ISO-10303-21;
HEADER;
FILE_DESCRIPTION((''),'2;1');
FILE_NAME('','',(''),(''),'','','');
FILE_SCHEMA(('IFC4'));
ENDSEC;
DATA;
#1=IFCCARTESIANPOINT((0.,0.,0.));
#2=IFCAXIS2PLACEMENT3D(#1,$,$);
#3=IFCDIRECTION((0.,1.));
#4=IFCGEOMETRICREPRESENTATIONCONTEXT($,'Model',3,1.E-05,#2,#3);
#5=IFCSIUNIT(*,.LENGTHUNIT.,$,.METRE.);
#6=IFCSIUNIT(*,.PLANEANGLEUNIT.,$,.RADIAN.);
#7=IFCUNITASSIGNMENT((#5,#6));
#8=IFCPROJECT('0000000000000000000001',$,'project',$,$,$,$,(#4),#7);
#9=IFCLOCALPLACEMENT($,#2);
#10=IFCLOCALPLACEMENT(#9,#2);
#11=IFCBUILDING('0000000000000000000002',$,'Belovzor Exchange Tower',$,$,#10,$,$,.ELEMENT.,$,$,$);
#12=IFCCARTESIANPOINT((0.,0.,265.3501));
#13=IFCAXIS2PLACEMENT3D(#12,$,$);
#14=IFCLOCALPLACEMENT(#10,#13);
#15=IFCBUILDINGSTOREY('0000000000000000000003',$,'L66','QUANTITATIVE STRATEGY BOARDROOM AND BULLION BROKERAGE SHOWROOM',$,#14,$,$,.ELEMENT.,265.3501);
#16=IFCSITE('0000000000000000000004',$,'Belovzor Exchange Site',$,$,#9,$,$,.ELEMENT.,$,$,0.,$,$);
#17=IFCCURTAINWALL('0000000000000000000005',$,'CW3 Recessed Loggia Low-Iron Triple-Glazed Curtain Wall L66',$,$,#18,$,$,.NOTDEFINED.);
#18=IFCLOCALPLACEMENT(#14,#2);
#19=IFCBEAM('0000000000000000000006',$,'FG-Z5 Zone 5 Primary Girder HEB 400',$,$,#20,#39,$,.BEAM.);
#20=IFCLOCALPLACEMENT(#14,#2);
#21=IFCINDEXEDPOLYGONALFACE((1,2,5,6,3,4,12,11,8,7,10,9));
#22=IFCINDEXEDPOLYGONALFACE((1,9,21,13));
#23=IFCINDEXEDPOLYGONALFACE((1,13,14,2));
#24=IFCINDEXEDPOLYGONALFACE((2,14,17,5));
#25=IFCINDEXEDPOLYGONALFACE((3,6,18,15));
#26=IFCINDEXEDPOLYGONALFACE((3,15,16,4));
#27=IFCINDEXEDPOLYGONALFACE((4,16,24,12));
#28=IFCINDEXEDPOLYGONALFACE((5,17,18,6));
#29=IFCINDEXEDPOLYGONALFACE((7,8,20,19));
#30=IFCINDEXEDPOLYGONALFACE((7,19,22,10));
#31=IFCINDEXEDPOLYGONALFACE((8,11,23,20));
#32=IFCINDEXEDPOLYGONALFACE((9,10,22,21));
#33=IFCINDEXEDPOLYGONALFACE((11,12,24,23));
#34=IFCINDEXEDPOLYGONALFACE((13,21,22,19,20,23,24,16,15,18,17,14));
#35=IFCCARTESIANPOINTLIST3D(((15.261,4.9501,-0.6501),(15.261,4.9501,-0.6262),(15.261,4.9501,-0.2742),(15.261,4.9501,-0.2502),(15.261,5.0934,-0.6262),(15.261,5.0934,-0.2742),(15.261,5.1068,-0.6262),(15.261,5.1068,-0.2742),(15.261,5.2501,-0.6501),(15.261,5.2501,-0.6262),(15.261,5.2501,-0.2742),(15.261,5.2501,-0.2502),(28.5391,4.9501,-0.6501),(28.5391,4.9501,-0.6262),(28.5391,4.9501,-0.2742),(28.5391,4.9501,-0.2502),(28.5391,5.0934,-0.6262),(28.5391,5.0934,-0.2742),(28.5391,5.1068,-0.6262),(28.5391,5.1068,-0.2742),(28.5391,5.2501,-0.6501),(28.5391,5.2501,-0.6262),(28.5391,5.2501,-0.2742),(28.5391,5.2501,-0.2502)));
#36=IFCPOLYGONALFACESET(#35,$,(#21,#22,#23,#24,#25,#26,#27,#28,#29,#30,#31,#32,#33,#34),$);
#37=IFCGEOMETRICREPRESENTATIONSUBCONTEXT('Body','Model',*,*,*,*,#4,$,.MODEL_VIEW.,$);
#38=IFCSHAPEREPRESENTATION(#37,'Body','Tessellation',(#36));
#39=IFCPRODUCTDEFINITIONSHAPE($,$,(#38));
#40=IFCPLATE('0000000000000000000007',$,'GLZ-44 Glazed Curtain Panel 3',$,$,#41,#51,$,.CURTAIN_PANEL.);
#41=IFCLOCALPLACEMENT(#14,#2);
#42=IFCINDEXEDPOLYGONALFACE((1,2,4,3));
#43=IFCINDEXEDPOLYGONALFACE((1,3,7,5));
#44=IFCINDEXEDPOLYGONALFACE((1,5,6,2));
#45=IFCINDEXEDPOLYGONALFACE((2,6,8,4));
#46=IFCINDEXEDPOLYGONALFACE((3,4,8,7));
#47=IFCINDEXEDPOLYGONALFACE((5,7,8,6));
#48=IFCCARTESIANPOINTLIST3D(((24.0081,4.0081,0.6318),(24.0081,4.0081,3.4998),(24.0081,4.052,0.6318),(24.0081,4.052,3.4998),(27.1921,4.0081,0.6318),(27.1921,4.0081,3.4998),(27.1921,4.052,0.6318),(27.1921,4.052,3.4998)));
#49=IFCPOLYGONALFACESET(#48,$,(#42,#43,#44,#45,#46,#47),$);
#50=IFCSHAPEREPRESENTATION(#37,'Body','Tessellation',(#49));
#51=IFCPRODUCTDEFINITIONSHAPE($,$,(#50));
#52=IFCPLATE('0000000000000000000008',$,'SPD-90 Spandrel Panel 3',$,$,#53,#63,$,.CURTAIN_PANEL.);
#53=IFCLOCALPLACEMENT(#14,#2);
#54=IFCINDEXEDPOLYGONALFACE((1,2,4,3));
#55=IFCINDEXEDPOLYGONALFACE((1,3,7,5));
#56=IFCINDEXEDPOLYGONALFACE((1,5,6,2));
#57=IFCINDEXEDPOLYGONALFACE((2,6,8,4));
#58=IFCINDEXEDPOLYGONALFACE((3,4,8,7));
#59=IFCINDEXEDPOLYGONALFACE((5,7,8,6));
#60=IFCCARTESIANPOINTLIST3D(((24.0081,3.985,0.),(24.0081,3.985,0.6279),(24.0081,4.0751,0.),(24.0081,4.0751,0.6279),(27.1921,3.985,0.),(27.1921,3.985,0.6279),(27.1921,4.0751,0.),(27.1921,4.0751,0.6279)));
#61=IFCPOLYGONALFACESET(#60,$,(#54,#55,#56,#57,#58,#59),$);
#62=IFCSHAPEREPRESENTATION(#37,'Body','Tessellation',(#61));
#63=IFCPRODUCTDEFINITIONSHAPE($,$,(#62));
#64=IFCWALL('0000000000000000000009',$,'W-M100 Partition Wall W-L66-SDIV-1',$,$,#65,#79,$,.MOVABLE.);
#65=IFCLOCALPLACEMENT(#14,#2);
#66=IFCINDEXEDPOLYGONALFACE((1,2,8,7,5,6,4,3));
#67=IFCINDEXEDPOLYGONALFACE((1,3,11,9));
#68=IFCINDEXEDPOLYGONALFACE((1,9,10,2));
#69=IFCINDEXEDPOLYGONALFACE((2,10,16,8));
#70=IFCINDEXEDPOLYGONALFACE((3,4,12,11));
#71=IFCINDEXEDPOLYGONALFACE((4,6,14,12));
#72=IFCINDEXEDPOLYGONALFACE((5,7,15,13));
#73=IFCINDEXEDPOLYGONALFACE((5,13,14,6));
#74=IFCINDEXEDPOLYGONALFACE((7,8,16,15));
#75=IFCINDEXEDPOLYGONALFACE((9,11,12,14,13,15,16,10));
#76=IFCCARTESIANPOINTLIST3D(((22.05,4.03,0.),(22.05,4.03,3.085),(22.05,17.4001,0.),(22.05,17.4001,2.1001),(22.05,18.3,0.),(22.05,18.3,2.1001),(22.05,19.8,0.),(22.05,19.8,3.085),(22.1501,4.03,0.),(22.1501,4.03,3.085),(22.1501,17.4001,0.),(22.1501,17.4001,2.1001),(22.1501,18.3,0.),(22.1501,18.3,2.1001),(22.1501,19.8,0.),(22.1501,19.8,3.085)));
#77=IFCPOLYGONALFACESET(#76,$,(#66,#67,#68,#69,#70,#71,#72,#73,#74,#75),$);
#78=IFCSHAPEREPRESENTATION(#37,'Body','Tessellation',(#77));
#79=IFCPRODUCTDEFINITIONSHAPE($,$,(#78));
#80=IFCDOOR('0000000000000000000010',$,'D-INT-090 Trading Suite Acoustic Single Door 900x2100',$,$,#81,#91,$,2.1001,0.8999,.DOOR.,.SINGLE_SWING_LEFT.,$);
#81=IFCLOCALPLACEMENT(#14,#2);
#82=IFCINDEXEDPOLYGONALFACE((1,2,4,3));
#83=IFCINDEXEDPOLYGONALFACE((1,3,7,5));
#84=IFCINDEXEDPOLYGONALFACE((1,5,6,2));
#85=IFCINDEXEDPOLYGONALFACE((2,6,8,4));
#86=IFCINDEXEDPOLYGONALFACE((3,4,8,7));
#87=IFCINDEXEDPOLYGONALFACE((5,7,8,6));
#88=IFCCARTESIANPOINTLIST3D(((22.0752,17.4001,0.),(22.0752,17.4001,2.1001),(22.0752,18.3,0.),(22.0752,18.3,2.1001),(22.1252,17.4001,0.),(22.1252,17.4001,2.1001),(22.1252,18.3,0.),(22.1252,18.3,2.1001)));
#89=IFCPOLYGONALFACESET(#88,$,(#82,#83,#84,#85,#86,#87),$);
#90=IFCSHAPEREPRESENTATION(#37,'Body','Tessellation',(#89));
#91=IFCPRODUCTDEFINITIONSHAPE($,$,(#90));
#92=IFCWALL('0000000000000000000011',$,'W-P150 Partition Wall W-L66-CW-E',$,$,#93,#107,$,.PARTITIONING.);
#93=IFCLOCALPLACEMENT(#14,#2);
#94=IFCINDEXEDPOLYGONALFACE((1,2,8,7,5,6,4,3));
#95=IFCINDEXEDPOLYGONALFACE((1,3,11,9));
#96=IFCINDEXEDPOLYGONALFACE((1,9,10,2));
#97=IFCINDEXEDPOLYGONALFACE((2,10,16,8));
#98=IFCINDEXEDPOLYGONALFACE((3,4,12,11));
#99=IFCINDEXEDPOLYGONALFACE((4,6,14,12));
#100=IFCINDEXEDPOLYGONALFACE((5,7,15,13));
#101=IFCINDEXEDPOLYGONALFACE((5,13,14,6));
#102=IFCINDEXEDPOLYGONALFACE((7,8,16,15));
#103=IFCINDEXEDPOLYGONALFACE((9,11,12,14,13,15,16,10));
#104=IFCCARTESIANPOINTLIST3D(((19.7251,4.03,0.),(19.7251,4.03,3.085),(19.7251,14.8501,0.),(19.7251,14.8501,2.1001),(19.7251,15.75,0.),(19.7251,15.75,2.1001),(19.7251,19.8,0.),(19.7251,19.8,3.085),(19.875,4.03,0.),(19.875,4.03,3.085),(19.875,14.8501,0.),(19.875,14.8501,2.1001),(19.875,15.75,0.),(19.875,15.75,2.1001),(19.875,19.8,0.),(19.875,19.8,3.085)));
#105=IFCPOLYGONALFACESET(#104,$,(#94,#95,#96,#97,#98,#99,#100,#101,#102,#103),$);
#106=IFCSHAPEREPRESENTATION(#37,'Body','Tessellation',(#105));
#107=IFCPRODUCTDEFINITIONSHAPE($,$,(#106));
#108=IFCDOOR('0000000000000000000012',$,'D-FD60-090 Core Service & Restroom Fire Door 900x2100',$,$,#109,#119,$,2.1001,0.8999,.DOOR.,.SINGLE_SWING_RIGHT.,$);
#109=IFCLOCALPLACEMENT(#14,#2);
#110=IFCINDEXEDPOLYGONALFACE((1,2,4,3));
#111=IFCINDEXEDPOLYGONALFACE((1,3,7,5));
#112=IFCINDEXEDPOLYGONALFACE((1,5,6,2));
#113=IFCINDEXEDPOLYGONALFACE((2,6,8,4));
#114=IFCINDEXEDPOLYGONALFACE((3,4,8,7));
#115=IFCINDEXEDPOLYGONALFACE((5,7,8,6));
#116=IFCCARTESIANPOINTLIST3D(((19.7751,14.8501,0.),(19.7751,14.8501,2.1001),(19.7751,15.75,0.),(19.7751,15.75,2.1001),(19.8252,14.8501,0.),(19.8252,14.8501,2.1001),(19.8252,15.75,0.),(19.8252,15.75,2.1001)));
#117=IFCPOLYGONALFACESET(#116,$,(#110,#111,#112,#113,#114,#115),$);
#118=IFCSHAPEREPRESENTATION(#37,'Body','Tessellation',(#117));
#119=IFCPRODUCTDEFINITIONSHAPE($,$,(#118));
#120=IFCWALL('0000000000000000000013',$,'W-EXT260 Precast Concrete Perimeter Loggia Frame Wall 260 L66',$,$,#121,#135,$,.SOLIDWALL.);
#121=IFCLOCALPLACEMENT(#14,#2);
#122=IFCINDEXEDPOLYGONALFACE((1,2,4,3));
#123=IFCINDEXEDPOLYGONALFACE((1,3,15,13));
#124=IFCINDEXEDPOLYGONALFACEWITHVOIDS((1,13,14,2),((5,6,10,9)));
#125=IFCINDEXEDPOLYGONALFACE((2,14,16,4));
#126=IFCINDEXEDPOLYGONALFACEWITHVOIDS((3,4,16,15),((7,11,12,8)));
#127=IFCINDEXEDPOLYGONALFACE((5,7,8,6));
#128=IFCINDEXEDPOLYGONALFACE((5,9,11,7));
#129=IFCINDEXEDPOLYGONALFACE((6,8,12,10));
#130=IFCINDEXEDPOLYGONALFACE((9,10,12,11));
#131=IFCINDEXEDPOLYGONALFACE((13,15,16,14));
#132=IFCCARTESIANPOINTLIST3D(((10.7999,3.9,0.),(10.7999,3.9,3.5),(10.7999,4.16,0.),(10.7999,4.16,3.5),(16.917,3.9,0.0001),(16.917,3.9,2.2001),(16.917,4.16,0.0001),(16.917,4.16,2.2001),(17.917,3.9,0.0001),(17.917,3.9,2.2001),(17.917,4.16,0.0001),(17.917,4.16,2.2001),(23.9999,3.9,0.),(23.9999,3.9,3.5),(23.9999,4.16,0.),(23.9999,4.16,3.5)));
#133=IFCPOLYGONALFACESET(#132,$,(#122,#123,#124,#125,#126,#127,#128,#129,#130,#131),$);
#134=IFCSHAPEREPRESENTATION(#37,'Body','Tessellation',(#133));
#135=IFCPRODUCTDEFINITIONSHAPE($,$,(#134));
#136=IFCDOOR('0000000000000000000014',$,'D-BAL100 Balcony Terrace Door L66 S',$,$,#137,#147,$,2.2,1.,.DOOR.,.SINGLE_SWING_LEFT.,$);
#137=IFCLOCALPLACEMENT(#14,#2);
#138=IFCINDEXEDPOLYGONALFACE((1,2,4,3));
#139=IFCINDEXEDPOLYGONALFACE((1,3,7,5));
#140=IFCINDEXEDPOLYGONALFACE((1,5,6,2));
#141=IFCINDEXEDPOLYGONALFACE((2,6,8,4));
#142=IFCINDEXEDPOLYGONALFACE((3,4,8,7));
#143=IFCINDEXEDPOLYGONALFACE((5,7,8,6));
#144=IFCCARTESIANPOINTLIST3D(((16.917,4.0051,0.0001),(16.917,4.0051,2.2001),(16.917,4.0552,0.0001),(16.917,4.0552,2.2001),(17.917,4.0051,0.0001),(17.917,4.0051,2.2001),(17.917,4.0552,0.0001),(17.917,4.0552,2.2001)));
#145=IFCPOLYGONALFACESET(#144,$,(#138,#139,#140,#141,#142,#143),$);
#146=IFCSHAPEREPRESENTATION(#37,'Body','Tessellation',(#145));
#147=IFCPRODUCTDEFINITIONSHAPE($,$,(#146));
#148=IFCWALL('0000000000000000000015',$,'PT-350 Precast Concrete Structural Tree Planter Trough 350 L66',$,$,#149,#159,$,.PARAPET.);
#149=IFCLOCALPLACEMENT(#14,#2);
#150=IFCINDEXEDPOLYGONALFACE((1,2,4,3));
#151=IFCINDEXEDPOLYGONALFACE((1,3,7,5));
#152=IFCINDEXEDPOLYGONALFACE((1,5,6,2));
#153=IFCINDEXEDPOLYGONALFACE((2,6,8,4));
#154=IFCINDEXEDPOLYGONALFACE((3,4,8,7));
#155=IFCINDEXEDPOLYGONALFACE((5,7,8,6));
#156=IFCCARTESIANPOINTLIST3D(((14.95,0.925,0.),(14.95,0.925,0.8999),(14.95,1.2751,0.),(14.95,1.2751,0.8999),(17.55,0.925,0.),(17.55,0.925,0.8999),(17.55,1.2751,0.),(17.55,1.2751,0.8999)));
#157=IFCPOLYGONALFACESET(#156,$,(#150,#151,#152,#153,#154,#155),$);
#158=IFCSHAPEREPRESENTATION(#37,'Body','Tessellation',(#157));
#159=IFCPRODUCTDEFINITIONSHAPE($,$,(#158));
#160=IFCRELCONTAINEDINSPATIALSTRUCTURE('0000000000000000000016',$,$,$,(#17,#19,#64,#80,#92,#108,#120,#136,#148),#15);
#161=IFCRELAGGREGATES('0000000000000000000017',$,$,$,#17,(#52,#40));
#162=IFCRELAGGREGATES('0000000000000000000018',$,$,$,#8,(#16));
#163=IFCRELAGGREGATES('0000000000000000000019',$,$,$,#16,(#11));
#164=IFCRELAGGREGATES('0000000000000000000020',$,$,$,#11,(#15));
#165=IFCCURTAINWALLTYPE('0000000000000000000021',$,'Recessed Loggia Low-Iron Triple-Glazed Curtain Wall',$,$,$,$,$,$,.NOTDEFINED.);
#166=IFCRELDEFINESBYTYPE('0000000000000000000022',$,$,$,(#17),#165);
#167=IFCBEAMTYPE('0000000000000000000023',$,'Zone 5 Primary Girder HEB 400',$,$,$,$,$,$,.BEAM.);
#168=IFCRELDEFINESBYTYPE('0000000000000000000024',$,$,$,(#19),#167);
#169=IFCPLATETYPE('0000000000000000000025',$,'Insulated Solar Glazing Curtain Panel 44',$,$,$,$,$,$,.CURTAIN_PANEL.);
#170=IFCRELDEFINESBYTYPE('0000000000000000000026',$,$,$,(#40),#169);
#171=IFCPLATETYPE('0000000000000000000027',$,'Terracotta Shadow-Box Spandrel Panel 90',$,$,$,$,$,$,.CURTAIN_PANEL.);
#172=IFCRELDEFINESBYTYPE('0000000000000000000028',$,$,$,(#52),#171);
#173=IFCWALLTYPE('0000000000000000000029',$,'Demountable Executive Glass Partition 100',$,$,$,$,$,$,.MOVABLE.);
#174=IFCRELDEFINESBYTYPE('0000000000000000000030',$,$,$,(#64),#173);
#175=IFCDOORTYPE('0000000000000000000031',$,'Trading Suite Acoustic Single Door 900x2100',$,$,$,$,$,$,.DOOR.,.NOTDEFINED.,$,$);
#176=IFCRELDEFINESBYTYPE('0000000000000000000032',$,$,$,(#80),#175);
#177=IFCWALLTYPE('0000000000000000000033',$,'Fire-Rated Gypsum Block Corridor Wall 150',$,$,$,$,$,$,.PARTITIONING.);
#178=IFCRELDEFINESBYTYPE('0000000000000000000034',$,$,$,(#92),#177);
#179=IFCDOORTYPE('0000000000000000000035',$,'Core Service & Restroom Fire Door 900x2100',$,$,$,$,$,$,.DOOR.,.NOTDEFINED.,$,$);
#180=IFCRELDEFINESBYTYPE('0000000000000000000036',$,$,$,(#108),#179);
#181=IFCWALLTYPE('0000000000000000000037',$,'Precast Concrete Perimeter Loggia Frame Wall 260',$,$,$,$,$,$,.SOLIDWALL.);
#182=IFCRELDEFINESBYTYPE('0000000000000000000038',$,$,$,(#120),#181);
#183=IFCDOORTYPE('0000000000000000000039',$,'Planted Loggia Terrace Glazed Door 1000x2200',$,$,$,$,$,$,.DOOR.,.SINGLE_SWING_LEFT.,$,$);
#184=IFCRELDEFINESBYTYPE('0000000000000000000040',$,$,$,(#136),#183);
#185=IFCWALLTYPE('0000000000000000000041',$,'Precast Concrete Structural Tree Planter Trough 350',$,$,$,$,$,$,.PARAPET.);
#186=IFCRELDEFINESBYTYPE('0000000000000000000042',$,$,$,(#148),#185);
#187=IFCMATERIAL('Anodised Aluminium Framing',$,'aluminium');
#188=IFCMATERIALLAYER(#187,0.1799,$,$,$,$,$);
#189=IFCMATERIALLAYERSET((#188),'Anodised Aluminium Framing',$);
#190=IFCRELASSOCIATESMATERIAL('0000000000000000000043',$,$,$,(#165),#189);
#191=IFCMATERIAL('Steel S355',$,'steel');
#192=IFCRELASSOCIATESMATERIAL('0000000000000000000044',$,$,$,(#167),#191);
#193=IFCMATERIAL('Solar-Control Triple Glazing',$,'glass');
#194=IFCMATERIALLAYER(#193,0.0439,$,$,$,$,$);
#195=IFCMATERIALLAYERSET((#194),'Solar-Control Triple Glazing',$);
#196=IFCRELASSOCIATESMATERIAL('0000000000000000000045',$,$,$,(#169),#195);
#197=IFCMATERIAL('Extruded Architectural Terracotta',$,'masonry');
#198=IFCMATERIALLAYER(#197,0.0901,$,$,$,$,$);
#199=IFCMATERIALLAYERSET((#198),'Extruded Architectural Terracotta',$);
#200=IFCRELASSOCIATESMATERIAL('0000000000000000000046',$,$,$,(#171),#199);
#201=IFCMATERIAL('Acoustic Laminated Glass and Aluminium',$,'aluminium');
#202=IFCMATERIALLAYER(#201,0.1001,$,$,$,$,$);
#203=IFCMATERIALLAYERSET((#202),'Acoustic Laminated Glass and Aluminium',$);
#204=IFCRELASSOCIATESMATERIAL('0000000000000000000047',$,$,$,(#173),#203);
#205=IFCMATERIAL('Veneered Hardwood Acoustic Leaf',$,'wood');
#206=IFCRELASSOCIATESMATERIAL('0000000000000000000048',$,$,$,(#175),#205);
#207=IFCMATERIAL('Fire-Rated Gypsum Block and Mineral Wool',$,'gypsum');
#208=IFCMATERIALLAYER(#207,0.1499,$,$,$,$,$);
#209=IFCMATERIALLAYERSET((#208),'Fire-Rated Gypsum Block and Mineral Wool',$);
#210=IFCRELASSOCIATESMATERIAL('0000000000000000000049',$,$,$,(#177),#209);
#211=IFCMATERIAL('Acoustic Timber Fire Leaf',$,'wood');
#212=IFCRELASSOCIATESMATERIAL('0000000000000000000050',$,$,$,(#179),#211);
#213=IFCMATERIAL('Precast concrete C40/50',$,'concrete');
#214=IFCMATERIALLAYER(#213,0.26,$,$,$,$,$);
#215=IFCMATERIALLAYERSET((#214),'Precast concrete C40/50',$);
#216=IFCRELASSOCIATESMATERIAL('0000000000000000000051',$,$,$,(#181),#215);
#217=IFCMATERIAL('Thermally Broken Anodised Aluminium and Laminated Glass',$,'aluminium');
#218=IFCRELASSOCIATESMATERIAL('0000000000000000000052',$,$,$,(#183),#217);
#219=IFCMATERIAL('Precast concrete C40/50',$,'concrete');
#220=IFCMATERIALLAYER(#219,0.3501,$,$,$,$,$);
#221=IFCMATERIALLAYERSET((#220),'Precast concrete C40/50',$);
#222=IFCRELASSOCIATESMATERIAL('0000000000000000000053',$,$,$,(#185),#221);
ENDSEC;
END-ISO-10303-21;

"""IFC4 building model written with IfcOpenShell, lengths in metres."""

from ifc_helpers import new_model, si_unit, direction, frame, frame_2d, origin, origin_2d, place, context, subcontext, project, spatial, rectangle, i_section, extrude, material, layer, layer_set, material_profile, profile_set, type_object, element, fill, aggregate, save


model = new_model("IFC4")

# Units and contexts
model_context = context("Model", 3, precision=1e-05, world=origin(), true_north=direction((0.0, 1.0)))
body_context = subcontext(model_context, "Body", "Model", "MODEL_VIEW")
ifc_project = project(units=[si_unit("LENGTHUNIT", "METRE"), si_unit("PLANEANGLEUNIT", "RADIAN")], contexts=[model_context])

# Site, building, storey
site_placement = place(None, origin())
site = spatial("IfcSite", under=ifc_project, at=site_placement, Name="Belovzor Exchange Site", CompositionType="ELEMENT", RefElevation=0.0)
building_placement = place(site_placement, origin())
building = spatial("IfcBuilding", under=site, at=building_placement, Name="Belovzor Exchange Tower", CompositionType="ELEMENT")
storey_placement = place(building_placement, frame((0.0, 0.0, 265.3501)))
storey = spatial("IfcBuildingStorey", under=building, at=storey_placement, Name="L66", Description="QUANTITATIVE STRATEGY BOARDROOM AND BULLION BROKERAGE SHOWROOM", CompositionType="ELEMENT", Elevation=265.3501)

# Curtain wall
ifc_material_1 = material(Name="Anodised Aluminium Framing", Category="aluminium")
ifc_layer_1 = layer(ifc_material_1, 0.1799)
ifc_layer_set_1 = layer_set([ifc_layer_1], Name="Anodised Aluminium Framing")
curtain_wall_type = type_object("IfcCurtainWallType", Name="Recessed Loggia Low-Iron Triple-Glazed Curtain Wall", PredefinedType="NOTDEFINED", material=ifc_layer_set_1)
curtain_wall_placement = place(storey_placement, origin())
curtain_wall = element("IfcCurtainWall", 1, at=curtain_wall_placement, inside=storey, type_object=curtain_wall_type, Name="CW3 Recessed Loggia Low-Iron Triple-Glazed Curtain Wall L66", PredefinedType="NOTDEFINED")

# Beam
ifc_material_2 = material(Name="Steel S355", Category="steel")
ifc_material_profile_1 = material_profile(ifc_material_2, i_section(OverallWidth=0.3, OverallDepth=0.3999, WebThickness=0.0134, FlangeThickness=0.0239, at=origin_2d()))
ifc_profile_set_1 = profile_set([ifc_material_profile_1], Name="Steel S355")
beam_type_1 = type_object("IfcBeamType", Name="Zone 5 Primary Girder HEB 400", PredefinedType="BEAM", material=ifc_profile_set_1)
beam_1_placement = place(storey_placement, frame((15.261, 5.1001, -0.4502), z_axis=(1.0, 0.0, 0.0), x_axis=(0.0, 1.0, 0.0)))
element("IfcBeam", 2, at=beam_1_placement, inside=storey, type_object=beam_type_1, Name="FG-Z5 Zone 5 Primary Girder HEB 400", PredefinedType="BEAM", context=body_context, shape_type="SweptSolid", body=[
    extrude(i_section(OverallWidth=0.3, OverallDepth=0.3999, WebThickness=0.0134, FlangeThickness=0.0239, at=origin_2d()), origin(), (0.0, 0.0, 1.0), 13.2781),
])

# Plates
ifc_material_3 = material(Name="Solar-Control Triple Glazing", Category="glass")
ifc_layer_2 = layer(ifc_material_3, 0.0439)
ifc_layer_set_2 = layer_set([ifc_layer_2], Name="Solar-Control Triple Glazing")
plate_type_1 = type_object("IfcPlateType", Name="Insulated Solar Glazing Curtain Panel 44", PredefinedType="CURTAIN_PANEL", material=ifc_layer_set_2)
plate_1_placement = place(storey_placement, frame((25.6001, 4.03, 0.6318), z_axis=(0.0, 0.0, 1.0), x_axis=(-1.0, 0.0, 0.0)))
plate_1 = element("IfcPlate", 3, at=plate_1_placement, type_object=plate_type_1, Name="GLZ-44 Glazed Curtain Panel 3", PredefinedType="CURTAIN_PANEL", context=body_context, shape_type="SweptSolid", body=[
    extrude(rectangle(XDim=3.1841, YDim=0.0439, at=origin_2d()), origin(), (0.0, 0.0, 1.0), 2.8679),
])
ifc_material_4 = material(Name="Extruded Architectural Terracotta", Category="masonry")
ifc_layer_3 = layer(ifc_material_4, 0.0901)
ifc_layer_set_3 = layer_set([ifc_layer_3], Name="Extruded Architectural Terracotta")
plate_type_2 = type_object("IfcPlateType", Name="Terracotta Shadow-Box Spandrel Panel 90", PredefinedType="CURTAIN_PANEL", material=ifc_layer_set_3)
plate_2_placement = place(storey_placement, frame((25.6001, 4.03, 0.0), z_axis=(0.0, 0.0, 1.0), x_axis=(-1.0, 0.0, 0.0)))
plate_2 = element("IfcPlate", 4, at=plate_2_placement, type_object=plate_type_2, Name="SPD-90 Spandrel Panel 3", PredefinedType="CURTAIN_PANEL", context=body_context, shape_type="SweptSolid", body=[
    extrude(rectangle(XDim=3.1841, YDim=0.0901, at=origin_2d()), origin(), (0.0, 0.0, 1.0), 0.6279),
])
aggregate(curtain_wall, [plate_2, plate_1])

# Walls, openings, doors
ifc_material_5 = material(Name="Acoustic Laminated Glass and Aluminium", Category="aluminium")
ifc_layer_4 = layer(ifc_material_5, 0.1001)
ifc_layer_set_4 = layer_set([ifc_layer_4], Name="Acoustic Laminated Glass and Aluminium")
wall_type_1 = type_object("IfcWallType", Name="Demountable Executive Glass Partition 100", PredefinedType="MOVABLE", material=ifc_layer_set_4)
wall_1_placement = place(storey_placement, frame((22.1001, 4.03, 0.0), z_axis=(0.0, 0.0, 1.0), x_axis=(0.0, 1.0, 0.0)))
wall_1 = element("IfcWall", 5, at=wall_1_placement, inside=storey, type_object=wall_type_1, Name="W-M100 Partition Wall W-L66-SDIV-1", PredefinedType="MOVABLE", context=body_context, shape_type="SweptSolid", body=[
    extrude(rectangle(XDim=15.77, YDim=0.1001, at=frame_2d((7.885, 0.0))), origin(), (0.0, 0.0, 1.0), 3.085),
])
opening_1_placement = place(wall_1_placement, frame((13.3701, 0.0, 0.0)))
opening_1 = element("IfcOpeningElement", 6, at=opening_1_placement, cuts=wall_1, PredefinedType="OPENING", context=body_context, shape_type="SweptSolid", body=[
    extrude(rectangle(XDim=0.8999, YDim=2.1001, at=frame_2d((0.45, 1.05))), frame((0.0, 0.0601, 0.0), z_axis=(0.0, -1.0, 0.0), x_axis=(1.0, 0.0, 0.0)), (0.0, 0.0, 1.0), 0.1201),
])
ifc_material_6 = material(Name="Veneered Hardwood Acoustic Leaf", Category="wood")
door_type_1 = type_object("IfcDoorType", Name="Trading Suite Acoustic Single Door 900x2100", OperationType="NOTDEFINED", PredefinedType="DOOR", material=ifc_material_6)
door_1_placement = place(opening_1_placement, origin())
door_1 = element("IfcDoor", 7, at=door_1_placement, inside=storey, type_object=door_type_1, Name="D-INT-090 Trading Suite Acoustic Single Door 900x2100", OperationType="SINGLE_SWING_LEFT", OverallHeight=2.1001, OverallWidth=0.8999, PredefinedType="DOOR", context=body_context, shape_type="SweptSolid", body=[
    extrude(rectangle(XDim=0.8999, YDim=2.1001, at=frame_2d((0.45, 1.05))), frame((0.0, 0.0249, 0.0), z_axis=(0.0, -1.0, 0.0), x_axis=(1.0, 0.0, 0.0)), (0.0, 0.0, 1.0), 0.05),
])
fill(opening_1, door_1)
ifc_material_7 = material(Name="Fire-Rated Gypsum Block and Mineral Wool", Category="gypsum")
ifc_layer_5 = layer(ifc_material_7, 0.1499)
ifc_layer_set_5 = layer_set([ifc_layer_5], Name="Fire-Rated Gypsum Block and Mineral Wool")
wall_type_2 = type_object("IfcWallType", Name="Fire-Rated Gypsum Block Corridor Wall 150", PredefinedType="PARTITIONING", material=ifc_layer_set_5)
wall_2_placement = place(storey_placement, frame((19.8, 4.03, 0.0), z_axis=(0.0, 0.0, 1.0), x_axis=(0.0, 1.0, 0.0)))
wall_2 = element("IfcWall", 8, at=wall_2_placement, inside=storey, type_object=wall_type_2, Name="W-P150 Partition Wall W-L66-CW-E", PredefinedType="PARTITIONING", context=body_context, shape_type="SweptSolid", body=[
    extrude(rectangle(XDim=15.77, YDim=0.1499, at=frame_2d((7.885, 0.0))), origin(), (0.0, 0.0, 1.0), 3.085),
])
opening_2_placement = place(wall_2_placement, frame((10.8201, 0.0, 0.0)))
opening_2 = element("IfcOpeningElement", 9, at=opening_2_placement, cuts=wall_2, PredefinedType="OPENING", context=body_context, shape_type="SweptSolid", body=[
    extrude(rectangle(XDim=0.8999, YDim=2.1001, at=frame_2d((0.45, 1.05))), frame((0.0, 0.085, 0.0), z_axis=(0.0, -1.0, 0.0), x_axis=(1.0, 0.0, 0.0)), (0.0, 0.0, 1.0), 0.1699),
])
ifc_material_8 = material(Name="Acoustic Timber Fire Leaf", Category="wood")
door_type_2 = type_object("IfcDoorType", Name="Core Service & Restroom Fire Door 900x2100", OperationType="NOTDEFINED", PredefinedType="DOOR", material=ifc_material_8)
door_2_placement = place(opening_2_placement, origin())
door_2 = element("IfcDoor", 10, at=door_2_placement, inside=storey, type_object=door_type_2, Name="D-FD60-090 Core Service & Restroom Fire Door 900x2100", OperationType="SINGLE_SWING_RIGHT", OverallHeight=2.1001, OverallWidth=0.8999, PredefinedType="DOOR", context=body_context, shape_type="SweptSolid", body=[
    extrude(rectangle(XDim=0.8999, YDim=2.1001, at=frame_2d((0.45, 1.05))), frame((0.0, 0.0249, 0.0), z_axis=(0.0, -1.0, 0.0), x_axis=(1.0, 0.0, 0.0)), (0.0, 0.0, 1.0), 0.05),
])
fill(opening_2, door_2)
ifc_material_9 = material(Name="Precast concrete C40/50", Category="concrete")
ifc_layer_6 = layer(ifc_material_9, 0.26)
ifc_layer_set_6 = layer_set([ifc_layer_6], Name="Precast concrete C40/50")
wall_type_3 = type_object("IfcWallType", Name="Precast Concrete Perimeter Loggia Frame Wall 260", PredefinedType="SOLIDWALL", material=ifc_layer_set_6)
wall_3_placement = place(storey_placement, frame((24.0, 4.03, 0.0), z_axis=(0.0, 0.0, 1.0), x_axis=(-1.0, 0.0, 0.0)))
wall_3 = element("IfcWall", 11, at=wall_3_placement, inside=storey, type_object=wall_type_3, Name="W-EXT260 Precast Concrete Perimeter Loggia Frame Wall 260 L66", PredefinedType="SOLIDWALL", context=body_context, shape_type="SweptSolid", body=[
    extrude(rectangle(XDim=13.2, YDim=0.26, at=frame_2d((6.6001, 0.0))), origin(), (0.0, 0.0, 1.0), 3.5),
])
opening_3_placement = place(wall_3_placement, frame((6.083, 0.0, 0.0)))
opening_3 = element("IfcOpeningElement", 12, at=opening_3_placement, cuts=wall_3, PredefinedType="OPENING", context=body_context, shape_type="SweptSolid", body=[
    extrude(rectangle(XDim=1.0, YDim=2.2, at=frame_2d((0.5, 1.1001))), frame((0.0, 0.1399, 0.0), z_axis=(0.0, -1.0, 0.0), x_axis=(1.0, 0.0, 0.0)), (0.0, 0.0, 1.0), 0.28),
])
ifc_material_10 = material(Name="Thermally Broken Anodised Aluminium and Laminated Glass", Category="aluminium")
door_type_3 = type_object("IfcDoorType", Name="Planted Loggia Terrace Glazed Door 1000x2200", OperationType="SINGLE_SWING_LEFT", PredefinedType="DOOR", material=ifc_material_10)
door_3_placement = place(opening_3_placement, origin())
door_3 = element("IfcDoor", 13, at=door_3_placement, inside=storey, type_object=door_type_3, Name="D-BAL100 Balcony Terrace Door L66 S", OperationType="SINGLE_SWING_LEFT", OverallHeight=2.2, OverallWidth=1.0, PredefinedType="DOOR", context=body_context, shape_type="SweptSolid", body=[
    extrude(rectangle(XDim=1.0, YDim=2.2, at=frame_2d((0.5, 1.1001))), frame((0.0, 0.0249, 0.0), z_axis=(0.0, -1.0, 0.0), x_axis=(1.0, 0.0, 0.0)), (0.0, 0.0, 1.0), 0.05),
])
fill(opening_3, door_3)

# Wall
ifc_material_11 = material(Name="Precast concrete C40/50", Category="concrete")
ifc_layer_7 = layer(ifc_material_11, 0.3501)
ifc_layer_set_7 = layer_set([ifc_layer_7], Name="Precast concrete C40/50")
wall_type_4 = type_object("IfcWallType", Name="Precast Concrete Structural Tree Planter Trough 350", PredefinedType="PARAPET", material=ifc_layer_set_7)
wall_4_placement = place(storey_placement, frame((14.95, 1.1001, 0.0), z_axis=(0.0, 0.0, 1.0), x_axis=(1.0, 0.0, 0.0)))
element("IfcWall", 14, at=wall_4_placement, inside=storey, type_object=wall_type_4, Name="PT-350 Precast Concrete Structural Tree Planter Trough 350 L66", PredefinedType="PARAPET", context=body_context, shape_type="SweptSolid", body=[
    extrude(rectangle(XDim=2.6001, YDim=0.3501, at=frame_2d((1.3, 0.0))), origin(), (0.0, 0.0, 1.0), 0.8999),
])

save(model, "model.ifc")
